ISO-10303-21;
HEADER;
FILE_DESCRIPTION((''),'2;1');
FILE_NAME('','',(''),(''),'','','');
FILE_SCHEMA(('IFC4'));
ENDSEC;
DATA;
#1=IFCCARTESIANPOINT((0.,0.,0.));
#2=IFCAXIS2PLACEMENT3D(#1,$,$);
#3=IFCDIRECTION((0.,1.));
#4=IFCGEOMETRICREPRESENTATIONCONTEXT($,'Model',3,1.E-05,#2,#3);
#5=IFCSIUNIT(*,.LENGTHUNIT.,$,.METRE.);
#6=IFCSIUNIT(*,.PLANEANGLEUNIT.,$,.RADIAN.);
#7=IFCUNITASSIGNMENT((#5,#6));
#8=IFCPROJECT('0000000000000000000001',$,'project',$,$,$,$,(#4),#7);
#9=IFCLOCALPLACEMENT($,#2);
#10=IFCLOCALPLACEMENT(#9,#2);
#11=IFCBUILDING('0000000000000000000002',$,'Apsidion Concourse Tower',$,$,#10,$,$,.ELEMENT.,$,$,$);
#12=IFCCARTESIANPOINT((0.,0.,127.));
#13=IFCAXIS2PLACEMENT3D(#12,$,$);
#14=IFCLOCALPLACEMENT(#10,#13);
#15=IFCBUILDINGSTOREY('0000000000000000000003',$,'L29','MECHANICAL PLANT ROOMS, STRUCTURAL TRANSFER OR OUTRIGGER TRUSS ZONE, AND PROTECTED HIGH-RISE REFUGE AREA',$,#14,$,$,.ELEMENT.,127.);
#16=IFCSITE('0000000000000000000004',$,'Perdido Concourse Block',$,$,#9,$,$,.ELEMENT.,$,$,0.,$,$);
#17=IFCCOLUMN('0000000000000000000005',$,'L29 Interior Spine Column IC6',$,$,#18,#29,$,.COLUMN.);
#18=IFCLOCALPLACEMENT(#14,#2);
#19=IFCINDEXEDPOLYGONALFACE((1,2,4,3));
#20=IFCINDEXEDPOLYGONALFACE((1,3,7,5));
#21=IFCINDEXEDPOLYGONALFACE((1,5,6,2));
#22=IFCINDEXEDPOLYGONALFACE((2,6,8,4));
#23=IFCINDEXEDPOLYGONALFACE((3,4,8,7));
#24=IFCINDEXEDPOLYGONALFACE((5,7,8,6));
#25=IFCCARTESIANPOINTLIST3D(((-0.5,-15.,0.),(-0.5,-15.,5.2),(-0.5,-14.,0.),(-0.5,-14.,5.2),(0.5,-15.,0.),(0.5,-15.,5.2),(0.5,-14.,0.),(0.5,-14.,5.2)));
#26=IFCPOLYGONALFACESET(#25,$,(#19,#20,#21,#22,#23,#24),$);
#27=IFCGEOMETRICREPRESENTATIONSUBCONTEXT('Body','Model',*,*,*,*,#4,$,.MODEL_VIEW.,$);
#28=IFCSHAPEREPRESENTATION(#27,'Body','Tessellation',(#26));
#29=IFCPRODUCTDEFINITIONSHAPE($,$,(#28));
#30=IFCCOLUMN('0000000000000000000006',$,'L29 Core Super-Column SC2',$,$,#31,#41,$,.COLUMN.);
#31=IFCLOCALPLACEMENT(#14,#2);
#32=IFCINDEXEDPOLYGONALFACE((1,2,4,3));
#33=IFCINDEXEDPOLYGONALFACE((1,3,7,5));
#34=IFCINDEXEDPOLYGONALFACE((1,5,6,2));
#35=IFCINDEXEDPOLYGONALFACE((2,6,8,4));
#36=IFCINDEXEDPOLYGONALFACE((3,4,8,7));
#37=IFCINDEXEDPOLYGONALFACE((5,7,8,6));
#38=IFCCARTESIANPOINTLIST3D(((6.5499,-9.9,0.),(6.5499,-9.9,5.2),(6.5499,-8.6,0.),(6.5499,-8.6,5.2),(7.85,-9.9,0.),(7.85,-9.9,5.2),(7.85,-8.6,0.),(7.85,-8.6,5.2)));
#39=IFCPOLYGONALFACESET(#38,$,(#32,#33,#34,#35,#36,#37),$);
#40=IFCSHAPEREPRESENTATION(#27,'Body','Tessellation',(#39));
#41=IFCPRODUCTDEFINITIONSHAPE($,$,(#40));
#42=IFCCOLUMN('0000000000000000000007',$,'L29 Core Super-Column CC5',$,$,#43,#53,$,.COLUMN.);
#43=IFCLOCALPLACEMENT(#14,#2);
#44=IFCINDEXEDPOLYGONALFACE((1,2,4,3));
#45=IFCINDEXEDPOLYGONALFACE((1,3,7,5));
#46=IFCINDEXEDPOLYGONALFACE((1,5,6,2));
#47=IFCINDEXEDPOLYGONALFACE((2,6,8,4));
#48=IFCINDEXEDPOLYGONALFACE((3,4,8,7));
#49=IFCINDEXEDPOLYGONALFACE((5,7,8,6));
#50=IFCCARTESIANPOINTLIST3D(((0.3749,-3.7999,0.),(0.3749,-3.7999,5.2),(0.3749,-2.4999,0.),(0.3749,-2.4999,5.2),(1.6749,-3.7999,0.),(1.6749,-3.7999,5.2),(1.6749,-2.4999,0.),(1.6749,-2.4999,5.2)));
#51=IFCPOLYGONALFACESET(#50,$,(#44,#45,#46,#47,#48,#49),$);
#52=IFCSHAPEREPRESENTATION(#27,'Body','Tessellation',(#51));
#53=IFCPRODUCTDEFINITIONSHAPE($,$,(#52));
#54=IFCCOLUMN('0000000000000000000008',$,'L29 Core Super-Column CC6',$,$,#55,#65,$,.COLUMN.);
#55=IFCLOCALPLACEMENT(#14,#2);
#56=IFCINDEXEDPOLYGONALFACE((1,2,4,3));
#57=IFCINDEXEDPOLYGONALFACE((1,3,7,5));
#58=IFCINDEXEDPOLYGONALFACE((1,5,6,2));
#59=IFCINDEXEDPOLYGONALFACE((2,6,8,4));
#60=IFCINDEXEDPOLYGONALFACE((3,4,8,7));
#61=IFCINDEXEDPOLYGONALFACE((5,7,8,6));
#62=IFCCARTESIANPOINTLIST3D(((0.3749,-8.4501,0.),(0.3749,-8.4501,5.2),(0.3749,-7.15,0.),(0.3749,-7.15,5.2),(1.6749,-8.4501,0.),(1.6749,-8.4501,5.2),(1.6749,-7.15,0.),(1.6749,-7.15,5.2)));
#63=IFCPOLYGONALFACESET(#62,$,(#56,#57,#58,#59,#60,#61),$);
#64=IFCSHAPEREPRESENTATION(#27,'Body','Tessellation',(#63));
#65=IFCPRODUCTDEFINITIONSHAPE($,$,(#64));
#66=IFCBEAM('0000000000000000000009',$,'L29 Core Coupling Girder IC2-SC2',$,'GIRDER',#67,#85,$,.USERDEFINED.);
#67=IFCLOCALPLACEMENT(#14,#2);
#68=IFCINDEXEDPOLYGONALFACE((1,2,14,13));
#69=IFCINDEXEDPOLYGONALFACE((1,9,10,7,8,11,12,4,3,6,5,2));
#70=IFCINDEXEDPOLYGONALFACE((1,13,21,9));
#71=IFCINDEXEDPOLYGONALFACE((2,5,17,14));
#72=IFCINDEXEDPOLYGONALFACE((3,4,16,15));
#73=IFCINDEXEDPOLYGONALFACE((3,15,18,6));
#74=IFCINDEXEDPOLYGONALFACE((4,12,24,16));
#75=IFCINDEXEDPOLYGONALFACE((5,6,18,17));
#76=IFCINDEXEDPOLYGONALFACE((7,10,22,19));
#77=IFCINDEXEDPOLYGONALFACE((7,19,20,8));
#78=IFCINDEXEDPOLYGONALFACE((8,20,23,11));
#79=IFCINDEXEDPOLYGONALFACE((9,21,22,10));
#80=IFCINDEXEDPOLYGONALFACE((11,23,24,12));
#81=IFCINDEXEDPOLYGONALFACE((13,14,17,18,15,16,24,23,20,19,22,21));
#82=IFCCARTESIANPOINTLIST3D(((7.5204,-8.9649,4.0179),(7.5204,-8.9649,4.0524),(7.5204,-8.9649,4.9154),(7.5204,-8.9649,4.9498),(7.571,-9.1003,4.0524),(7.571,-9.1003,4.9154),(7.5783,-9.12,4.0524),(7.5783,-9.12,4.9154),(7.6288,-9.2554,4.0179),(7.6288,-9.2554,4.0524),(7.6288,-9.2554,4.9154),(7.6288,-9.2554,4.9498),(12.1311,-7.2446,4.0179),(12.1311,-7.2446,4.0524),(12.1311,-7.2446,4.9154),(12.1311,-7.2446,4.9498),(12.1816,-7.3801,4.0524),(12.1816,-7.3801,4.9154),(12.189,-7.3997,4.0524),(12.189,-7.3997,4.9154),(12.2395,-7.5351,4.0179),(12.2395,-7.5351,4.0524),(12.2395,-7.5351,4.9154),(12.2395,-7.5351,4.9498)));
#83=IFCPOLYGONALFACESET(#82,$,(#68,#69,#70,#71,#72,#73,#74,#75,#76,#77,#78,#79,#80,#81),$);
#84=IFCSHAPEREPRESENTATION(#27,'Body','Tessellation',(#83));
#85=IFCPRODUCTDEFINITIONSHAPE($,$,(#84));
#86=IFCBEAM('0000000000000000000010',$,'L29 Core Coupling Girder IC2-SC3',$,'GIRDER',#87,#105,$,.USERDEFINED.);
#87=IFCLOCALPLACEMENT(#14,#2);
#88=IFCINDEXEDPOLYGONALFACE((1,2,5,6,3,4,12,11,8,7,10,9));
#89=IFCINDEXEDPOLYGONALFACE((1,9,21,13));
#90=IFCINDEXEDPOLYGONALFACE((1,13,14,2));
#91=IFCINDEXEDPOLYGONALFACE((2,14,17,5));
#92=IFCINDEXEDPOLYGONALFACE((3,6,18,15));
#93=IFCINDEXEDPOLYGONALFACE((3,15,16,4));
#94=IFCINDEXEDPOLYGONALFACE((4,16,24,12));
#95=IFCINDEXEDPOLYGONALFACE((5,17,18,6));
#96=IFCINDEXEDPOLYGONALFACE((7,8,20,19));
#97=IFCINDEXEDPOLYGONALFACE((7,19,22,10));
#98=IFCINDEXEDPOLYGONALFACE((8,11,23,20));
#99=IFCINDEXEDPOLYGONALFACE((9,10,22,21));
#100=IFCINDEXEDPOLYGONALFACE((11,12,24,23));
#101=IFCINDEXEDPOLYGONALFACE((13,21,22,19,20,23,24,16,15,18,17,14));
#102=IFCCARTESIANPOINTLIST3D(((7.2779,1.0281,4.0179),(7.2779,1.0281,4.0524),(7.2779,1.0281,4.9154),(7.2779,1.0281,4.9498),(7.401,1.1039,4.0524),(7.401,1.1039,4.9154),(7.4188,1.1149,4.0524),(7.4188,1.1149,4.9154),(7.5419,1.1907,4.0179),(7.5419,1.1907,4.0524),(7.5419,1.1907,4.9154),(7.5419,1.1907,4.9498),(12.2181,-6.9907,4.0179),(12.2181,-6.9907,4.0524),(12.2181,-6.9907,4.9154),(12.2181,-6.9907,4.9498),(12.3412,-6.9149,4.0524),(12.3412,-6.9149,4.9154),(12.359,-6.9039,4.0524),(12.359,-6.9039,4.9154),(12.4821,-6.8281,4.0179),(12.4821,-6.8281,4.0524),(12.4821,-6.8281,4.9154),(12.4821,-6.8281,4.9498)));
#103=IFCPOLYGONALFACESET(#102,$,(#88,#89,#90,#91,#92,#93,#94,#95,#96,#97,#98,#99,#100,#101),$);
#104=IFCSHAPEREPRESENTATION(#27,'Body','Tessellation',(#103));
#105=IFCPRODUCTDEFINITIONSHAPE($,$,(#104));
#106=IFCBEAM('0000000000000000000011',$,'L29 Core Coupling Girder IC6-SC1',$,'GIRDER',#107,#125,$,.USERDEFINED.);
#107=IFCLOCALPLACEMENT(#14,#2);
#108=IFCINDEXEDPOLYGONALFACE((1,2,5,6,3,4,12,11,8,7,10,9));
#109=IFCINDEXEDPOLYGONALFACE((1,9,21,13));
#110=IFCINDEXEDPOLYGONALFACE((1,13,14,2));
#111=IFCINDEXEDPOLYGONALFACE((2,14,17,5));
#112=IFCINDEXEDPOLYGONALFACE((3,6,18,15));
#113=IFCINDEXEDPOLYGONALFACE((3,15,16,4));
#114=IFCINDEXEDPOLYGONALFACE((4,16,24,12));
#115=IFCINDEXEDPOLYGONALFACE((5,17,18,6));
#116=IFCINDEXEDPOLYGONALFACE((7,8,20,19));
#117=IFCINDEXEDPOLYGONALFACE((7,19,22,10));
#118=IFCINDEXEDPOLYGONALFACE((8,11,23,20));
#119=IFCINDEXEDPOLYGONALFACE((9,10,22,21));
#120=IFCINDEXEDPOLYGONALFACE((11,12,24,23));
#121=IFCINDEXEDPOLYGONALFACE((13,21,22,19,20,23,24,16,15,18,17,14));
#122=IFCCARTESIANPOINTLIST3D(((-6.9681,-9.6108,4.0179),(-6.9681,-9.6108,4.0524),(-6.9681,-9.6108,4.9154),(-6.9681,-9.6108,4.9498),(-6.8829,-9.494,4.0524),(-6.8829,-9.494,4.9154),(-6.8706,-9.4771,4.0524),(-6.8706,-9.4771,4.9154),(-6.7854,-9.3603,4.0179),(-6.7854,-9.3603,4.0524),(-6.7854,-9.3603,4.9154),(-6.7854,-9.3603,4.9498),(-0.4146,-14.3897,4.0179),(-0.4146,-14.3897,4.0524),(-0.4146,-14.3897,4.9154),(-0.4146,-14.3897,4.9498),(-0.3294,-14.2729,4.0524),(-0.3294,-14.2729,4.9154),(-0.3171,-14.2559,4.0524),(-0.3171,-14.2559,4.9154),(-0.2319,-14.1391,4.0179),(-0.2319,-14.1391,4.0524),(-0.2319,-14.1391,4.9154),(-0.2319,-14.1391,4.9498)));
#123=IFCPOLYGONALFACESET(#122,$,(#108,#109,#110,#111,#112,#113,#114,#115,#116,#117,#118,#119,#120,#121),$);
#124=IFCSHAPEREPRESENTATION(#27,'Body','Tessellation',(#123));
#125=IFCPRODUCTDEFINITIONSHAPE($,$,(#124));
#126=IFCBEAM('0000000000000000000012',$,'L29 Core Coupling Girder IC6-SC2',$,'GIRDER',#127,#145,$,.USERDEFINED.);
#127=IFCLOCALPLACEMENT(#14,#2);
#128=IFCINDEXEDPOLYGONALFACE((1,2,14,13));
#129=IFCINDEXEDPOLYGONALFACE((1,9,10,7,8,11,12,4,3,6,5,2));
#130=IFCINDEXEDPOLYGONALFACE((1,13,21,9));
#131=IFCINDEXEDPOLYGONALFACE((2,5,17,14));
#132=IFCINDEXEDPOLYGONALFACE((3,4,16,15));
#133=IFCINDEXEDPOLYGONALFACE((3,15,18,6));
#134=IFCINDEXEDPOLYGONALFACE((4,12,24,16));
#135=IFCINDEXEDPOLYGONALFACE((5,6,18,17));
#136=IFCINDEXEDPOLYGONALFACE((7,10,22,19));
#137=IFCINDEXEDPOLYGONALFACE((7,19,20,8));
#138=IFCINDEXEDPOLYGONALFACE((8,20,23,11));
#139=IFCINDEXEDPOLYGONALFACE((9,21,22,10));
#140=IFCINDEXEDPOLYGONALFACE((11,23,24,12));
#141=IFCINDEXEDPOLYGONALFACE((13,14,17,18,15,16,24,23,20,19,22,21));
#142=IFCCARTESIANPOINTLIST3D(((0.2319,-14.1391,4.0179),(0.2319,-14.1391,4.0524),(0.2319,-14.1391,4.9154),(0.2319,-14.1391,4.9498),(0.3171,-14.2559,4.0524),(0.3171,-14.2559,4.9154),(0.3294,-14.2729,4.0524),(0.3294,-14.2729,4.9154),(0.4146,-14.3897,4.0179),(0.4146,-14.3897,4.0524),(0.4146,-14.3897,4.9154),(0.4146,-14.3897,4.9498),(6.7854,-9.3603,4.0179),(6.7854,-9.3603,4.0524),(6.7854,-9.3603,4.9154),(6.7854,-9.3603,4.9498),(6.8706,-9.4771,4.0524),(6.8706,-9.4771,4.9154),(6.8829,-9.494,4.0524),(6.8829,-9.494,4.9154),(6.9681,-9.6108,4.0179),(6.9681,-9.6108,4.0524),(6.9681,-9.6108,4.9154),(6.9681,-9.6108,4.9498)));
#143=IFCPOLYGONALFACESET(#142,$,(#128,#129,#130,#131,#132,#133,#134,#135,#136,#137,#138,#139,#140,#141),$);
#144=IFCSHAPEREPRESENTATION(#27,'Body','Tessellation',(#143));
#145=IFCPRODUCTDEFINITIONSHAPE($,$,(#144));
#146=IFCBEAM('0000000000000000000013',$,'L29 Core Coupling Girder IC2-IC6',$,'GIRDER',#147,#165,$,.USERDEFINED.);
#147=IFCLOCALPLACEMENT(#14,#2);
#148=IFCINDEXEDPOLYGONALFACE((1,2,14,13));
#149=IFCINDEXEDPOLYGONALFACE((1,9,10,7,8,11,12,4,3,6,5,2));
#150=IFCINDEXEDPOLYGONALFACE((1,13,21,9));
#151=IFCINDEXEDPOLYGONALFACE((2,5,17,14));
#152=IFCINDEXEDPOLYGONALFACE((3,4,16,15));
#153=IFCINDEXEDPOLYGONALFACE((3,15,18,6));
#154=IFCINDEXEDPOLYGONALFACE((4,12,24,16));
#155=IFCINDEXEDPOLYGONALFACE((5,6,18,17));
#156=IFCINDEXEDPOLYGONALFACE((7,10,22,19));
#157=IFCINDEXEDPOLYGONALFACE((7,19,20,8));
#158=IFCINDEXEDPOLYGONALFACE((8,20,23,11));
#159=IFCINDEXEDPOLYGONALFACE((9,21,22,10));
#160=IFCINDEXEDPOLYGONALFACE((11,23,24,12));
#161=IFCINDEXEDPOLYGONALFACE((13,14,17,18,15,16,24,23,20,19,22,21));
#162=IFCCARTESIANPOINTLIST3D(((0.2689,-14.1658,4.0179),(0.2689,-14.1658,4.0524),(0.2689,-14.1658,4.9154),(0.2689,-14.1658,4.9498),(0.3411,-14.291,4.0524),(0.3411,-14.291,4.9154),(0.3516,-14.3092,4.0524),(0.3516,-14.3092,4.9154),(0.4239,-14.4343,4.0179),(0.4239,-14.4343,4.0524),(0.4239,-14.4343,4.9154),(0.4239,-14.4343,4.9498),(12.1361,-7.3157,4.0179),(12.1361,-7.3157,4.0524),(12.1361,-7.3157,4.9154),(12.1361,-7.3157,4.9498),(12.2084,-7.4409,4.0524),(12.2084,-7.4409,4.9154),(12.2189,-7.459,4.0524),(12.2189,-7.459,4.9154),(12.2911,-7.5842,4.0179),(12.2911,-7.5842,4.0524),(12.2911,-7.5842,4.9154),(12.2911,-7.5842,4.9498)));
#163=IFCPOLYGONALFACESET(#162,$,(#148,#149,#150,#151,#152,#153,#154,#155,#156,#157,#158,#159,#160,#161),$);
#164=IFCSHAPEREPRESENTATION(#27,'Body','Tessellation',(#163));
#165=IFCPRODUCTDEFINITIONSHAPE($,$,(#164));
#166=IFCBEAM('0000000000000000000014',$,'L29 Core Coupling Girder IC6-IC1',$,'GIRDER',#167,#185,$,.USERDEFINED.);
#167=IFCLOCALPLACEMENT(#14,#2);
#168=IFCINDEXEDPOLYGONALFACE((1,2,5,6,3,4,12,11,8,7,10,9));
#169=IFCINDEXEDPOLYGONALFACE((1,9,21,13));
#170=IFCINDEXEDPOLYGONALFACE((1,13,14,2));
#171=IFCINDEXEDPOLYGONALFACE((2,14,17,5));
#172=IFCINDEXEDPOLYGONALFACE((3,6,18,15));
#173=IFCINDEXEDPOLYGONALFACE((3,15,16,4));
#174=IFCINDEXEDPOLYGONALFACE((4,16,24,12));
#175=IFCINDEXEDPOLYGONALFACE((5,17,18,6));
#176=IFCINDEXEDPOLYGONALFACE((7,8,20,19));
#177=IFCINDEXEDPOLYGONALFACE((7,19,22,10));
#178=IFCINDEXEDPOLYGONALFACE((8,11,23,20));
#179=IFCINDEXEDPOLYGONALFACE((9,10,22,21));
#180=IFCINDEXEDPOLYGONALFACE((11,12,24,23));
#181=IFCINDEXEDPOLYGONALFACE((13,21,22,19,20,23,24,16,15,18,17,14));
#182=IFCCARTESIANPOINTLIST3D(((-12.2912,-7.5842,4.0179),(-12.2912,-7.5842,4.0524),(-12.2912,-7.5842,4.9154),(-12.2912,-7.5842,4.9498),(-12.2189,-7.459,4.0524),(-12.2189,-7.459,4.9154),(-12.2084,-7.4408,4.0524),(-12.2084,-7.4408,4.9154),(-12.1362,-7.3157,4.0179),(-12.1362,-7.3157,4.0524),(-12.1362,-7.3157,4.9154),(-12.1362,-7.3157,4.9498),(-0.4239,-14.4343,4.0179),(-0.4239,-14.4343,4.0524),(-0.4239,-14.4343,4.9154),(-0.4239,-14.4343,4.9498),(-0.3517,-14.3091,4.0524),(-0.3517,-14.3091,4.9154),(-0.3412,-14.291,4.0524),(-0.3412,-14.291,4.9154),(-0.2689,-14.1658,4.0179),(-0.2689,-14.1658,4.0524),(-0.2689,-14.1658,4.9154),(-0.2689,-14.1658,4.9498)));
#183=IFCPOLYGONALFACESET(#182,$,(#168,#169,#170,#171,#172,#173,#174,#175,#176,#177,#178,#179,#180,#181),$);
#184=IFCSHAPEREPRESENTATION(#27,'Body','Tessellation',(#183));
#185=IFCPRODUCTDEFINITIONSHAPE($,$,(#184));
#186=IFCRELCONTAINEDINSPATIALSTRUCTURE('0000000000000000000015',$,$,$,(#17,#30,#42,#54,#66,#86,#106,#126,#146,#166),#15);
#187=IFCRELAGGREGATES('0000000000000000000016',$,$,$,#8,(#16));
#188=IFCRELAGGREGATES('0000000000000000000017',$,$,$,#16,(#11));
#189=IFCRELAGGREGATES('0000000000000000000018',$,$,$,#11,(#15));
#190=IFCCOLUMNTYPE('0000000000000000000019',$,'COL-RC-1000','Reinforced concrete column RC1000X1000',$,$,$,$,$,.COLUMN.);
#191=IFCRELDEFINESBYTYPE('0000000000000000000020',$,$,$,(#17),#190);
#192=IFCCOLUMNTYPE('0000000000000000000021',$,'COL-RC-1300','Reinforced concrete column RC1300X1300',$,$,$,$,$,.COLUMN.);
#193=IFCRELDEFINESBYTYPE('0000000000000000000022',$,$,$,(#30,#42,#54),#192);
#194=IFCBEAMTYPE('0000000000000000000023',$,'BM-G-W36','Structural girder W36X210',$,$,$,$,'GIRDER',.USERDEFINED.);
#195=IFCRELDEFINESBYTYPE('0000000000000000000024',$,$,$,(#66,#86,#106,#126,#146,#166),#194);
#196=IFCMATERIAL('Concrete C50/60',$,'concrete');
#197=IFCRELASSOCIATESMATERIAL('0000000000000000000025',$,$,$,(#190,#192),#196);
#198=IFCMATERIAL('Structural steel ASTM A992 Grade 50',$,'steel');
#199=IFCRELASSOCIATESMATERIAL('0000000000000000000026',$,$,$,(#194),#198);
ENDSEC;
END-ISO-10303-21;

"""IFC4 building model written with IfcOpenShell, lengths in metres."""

from ifc_helpers import new_model, si_unit, direction, frame, origin, origin_2d, place, context, subcontext, project, spatial, rectangle, i_section, extrude, material, material_profile, profile_set, type_object, element, save


model = new_model("IFC4")

# Units and contexts
model_context = context("Model", 3, precision=1e-05, world=origin(), true_north=direction((0.0, 1.0)))
body_context = subcontext(model_context, "Body", "Model", "MODEL_VIEW")
ifc_project = project(units=[si_unit("LENGTHUNIT", "METRE"), si_unit("PLANEANGLEUNIT", "RADIAN")], contexts=[model_context])

# Site, building, storey
site_placement = place(None, origin())
site = spatial("IfcSite", under=ifc_project, at=site_placement, Name="Perdido Concourse Block", CompositionType="ELEMENT", RefElevation=0.0)
building_placement = place(site_placement, origin())
building = spatial("IfcBuilding", under=site, at=building_placement, Name="Apsidion Concourse Tower", CompositionType="ELEMENT")
storey_placement = place(building_placement, frame((0.0, 0.0, 127.0)))
storey = spatial("IfcBuildingStorey", under=building, at=storey_placement, Name="L29", Description="MECHANICAL PLANT ROOMS, STRUCTURAL TRANSFER OR OUTRIGGER TRUSS ZONE, AND PROTECTED HIGH-RISE REFUGE AREA", CompositionType="ELEMENT", Elevation=127.0)

# Columns
ifc_material_1 = material(Name="Concrete C50/60", Category="concrete")
ifc_material_profile_1 = material_profile(ifc_material_1, rectangle(XDim=1.0, YDim=1.0, at=origin_2d()), Name="RC 1000x1000")
ifc_profile_set_1 = profile_set([ifc_material_profile_1], Name="Concrete C50/60")
column_type_1 = type_object("IfcColumnType", Name="COL-RC-1000", Description="Reinforced concrete column RC1000X1000", PredefinedType="COLUMN", material=ifc_profile_set_1)
column_placement = place(storey_placement, frame((0.0, -14.5, 0.0), z_axis=(0.0, 0.0, 1.0), x_axis=(1.0, 0.0, 0.0)))
element("IfcColumn", 1, at=column_placement, inside=storey, type_object=column_type_1, Name="L29 Interior Spine Column IC6", PredefinedType="COLUMN", context=body_context, shape_type="SweptSolid", body=[
    extrude(rectangle(XDim=1.0, YDim=1.0, at=origin_2d()), origin(), (0.0, 0.0, 1.0), 5.2),
])
ifc_material_profile_2 = material_profile(ifc_material_1, rectangle(XDim=1.3, YDim=1.3, at=origin_2d()), Name="RC 1300x1300")
ifc_profile_set_2 = profile_set([ifc_material_profile_2], Name="Concrete C50/60")
column_type_2 = type_object("IfcColumnType", Name="COL-RC-1300", Description="Reinforced concrete column RC1300X1300", PredefinedType="COLUMN", material=ifc_profile_set_2)
for number, where, z_axis, x_axis, name in (
    (2, (7.2, -9.25, 0.0), (0.0, 0.0, 1.0), (1.0, 0.0, 0.0), "L29 Core Super-Column SC2"),
    (3, (1.0249, -3.1499, 0.0), (0.0, 0.0, 1.0), (1.0, 0.0, 0.0), "L29 Core Super-Column CC5"),
    (4, (1.0249, -7.8, 0.0), (0.0, 0.0, 1.0), (1.0, 0.0, 0.0), "L29 Core Super-Column CC6"),
):
    element("IfcColumn", number, at=place(storey_placement, frame(where, z_axis=z_axis, x_axis=x_axis)), inside=storey, type_object=column_type_2, Name=name, PredefinedType="COLUMN", context=body_context, shape_type="SweptSolid", body=[
        extrude(rectangle(XDim=1.3, YDim=1.3, at=origin_2d()), origin(), (0.0, 0.0, 1.0), 5.2),
    ])

# Beams
ifc_material_2 = material(Name="Structural steel ASTM A992 Grade 50", Category="steel")
ifc_material_profile_3 = material_profile(ifc_material_2, i_section(OverallWidth=0.3101, OverallDepth=0.9319, WebThickness=0.021, FlangeThickness=0.0344, at=origin_2d()), Name="W36X210")
ifc_profile_set_3 = profile_set([ifc_material_profile_3], Name="Structural steel ASTM A992 Grade 50")
beam_type = type_object("IfcBeamType", Name="BM-G-W36", Description="Structural girder W36X210", ElementType="GIRDER", PredefinedType="USERDEFINED", material=ifc_profile_set_3)
beam_1_placement = place(storey_placement, frame((12.1853, -7.3899, 4.4839), z_axis=(-0.936913, -0.349563, 0.0), x_axis=(0.349563, -0.936913, 0.0)))
element("IfcBeam", 5, at=beam_1_placement, inside=storey, type_object=beam_type, Name="L29 Core Coupling Girder IC2-SC2", ObjectType="GIRDER", PredefinedType="USERDEFINED", context=body_context, shape_type="SweptSolid", body=[
    extrude(i_section(OverallWidth=0.3101, OverallDepth=0.9319, WebThickness=0.021, FlangeThickness=0.0344, at=origin_2d()), origin(), (0.0, 0.0, 1.0), 4.9211),
])
beam_2_placement = place(storey_placement, frame((12.3501, -6.9094, 4.4839), z_axis=(-0.524524, 0.851396, 0.0), x_axis=(-0.851396, -0.524524, 0.0)))
element("IfcBeam", 6, at=beam_2_placement, inside=storey, type_object=beam_type, Name="L29 Core Coupling Girder IC2-SC3", ObjectType="GIRDER", PredefinedType="USERDEFINED", context=body_context, shape_type="SweptSolid", body=[
    extrude(i_section(OverallWidth=0.3101, OverallDepth=0.9319, WebThickness=0.021, FlangeThickness=0.0344, at=origin_2d()), origin(), (0.0, 0.0, 1.0), 9.4185),
])
for number, where, z_axis, x_axis, name in (
    (7, (-0.3232, -14.2644, 4.4839), (-0.807993, 0.589191, 0.0), (-0.589191, -0.807993, 0.0), "L29 Core Coupling Girder IC6-SC1"),
    (8, (0.3232, -14.2644, 4.4839), (0.807993, 0.589191, 0.0), (-0.589191, 0.807993, 0.0), "L29 Core Coupling Girder IC6-SC2"),
):
    element("IfcBeam", number, at=place(storey_placement, frame(where, z_axis=z_axis, x_axis=x_axis)), inside=storey, type_object=beam_type, Name=name, ObjectType="GIRDER", PredefinedType="USERDEFINED", context=body_context, shape_type="SweptSolid", body=[
        extrude(i_section(OverallWidth=0.3101, OverallDepth=0.9319, WebThickness=0.021, FlangeThickness=0.0344, at=origin_2d()), origin(), (0.0, 0.0, 1.0), 8.1108),
    ])
for number, where, z_axis, x_axis, name in (
    (9, (12.2136, -7.45, 4.4839), (-0.86607, -0.499922, 0.0), (0.499922, -0.86607, 0.0), "L29 Core Coupling Girder IC2-IC6"),
    (10, (-0.3464, -14.3, 4.4839), (-0.86607, 0.499922, 0.0), (-0.499922, -0.86607, 0.0), "L29 Core Coupling Girder IC6-IC1"),
):
    element("IfcBeam", number, at=place(storey_placement, frame(where, z_axis=z_axis, x_axis=x_axis)), inside=storey, type_object=beam_type, Name=name, ObjectType="GIRDER", PredefinedType="USERDEFINED", context=body_context, shape_type="SweptSolid", body=[
        extrude(i_section(OverallWidth=0.3101, OverallDepth=0.9319, WebThickness=0.021, FlangeThickness=0.0344, at=origin_2d()), origin(), (0.0, 0.0, 1.0), 13.7024),
    ])

save(model, "model.ifc")
